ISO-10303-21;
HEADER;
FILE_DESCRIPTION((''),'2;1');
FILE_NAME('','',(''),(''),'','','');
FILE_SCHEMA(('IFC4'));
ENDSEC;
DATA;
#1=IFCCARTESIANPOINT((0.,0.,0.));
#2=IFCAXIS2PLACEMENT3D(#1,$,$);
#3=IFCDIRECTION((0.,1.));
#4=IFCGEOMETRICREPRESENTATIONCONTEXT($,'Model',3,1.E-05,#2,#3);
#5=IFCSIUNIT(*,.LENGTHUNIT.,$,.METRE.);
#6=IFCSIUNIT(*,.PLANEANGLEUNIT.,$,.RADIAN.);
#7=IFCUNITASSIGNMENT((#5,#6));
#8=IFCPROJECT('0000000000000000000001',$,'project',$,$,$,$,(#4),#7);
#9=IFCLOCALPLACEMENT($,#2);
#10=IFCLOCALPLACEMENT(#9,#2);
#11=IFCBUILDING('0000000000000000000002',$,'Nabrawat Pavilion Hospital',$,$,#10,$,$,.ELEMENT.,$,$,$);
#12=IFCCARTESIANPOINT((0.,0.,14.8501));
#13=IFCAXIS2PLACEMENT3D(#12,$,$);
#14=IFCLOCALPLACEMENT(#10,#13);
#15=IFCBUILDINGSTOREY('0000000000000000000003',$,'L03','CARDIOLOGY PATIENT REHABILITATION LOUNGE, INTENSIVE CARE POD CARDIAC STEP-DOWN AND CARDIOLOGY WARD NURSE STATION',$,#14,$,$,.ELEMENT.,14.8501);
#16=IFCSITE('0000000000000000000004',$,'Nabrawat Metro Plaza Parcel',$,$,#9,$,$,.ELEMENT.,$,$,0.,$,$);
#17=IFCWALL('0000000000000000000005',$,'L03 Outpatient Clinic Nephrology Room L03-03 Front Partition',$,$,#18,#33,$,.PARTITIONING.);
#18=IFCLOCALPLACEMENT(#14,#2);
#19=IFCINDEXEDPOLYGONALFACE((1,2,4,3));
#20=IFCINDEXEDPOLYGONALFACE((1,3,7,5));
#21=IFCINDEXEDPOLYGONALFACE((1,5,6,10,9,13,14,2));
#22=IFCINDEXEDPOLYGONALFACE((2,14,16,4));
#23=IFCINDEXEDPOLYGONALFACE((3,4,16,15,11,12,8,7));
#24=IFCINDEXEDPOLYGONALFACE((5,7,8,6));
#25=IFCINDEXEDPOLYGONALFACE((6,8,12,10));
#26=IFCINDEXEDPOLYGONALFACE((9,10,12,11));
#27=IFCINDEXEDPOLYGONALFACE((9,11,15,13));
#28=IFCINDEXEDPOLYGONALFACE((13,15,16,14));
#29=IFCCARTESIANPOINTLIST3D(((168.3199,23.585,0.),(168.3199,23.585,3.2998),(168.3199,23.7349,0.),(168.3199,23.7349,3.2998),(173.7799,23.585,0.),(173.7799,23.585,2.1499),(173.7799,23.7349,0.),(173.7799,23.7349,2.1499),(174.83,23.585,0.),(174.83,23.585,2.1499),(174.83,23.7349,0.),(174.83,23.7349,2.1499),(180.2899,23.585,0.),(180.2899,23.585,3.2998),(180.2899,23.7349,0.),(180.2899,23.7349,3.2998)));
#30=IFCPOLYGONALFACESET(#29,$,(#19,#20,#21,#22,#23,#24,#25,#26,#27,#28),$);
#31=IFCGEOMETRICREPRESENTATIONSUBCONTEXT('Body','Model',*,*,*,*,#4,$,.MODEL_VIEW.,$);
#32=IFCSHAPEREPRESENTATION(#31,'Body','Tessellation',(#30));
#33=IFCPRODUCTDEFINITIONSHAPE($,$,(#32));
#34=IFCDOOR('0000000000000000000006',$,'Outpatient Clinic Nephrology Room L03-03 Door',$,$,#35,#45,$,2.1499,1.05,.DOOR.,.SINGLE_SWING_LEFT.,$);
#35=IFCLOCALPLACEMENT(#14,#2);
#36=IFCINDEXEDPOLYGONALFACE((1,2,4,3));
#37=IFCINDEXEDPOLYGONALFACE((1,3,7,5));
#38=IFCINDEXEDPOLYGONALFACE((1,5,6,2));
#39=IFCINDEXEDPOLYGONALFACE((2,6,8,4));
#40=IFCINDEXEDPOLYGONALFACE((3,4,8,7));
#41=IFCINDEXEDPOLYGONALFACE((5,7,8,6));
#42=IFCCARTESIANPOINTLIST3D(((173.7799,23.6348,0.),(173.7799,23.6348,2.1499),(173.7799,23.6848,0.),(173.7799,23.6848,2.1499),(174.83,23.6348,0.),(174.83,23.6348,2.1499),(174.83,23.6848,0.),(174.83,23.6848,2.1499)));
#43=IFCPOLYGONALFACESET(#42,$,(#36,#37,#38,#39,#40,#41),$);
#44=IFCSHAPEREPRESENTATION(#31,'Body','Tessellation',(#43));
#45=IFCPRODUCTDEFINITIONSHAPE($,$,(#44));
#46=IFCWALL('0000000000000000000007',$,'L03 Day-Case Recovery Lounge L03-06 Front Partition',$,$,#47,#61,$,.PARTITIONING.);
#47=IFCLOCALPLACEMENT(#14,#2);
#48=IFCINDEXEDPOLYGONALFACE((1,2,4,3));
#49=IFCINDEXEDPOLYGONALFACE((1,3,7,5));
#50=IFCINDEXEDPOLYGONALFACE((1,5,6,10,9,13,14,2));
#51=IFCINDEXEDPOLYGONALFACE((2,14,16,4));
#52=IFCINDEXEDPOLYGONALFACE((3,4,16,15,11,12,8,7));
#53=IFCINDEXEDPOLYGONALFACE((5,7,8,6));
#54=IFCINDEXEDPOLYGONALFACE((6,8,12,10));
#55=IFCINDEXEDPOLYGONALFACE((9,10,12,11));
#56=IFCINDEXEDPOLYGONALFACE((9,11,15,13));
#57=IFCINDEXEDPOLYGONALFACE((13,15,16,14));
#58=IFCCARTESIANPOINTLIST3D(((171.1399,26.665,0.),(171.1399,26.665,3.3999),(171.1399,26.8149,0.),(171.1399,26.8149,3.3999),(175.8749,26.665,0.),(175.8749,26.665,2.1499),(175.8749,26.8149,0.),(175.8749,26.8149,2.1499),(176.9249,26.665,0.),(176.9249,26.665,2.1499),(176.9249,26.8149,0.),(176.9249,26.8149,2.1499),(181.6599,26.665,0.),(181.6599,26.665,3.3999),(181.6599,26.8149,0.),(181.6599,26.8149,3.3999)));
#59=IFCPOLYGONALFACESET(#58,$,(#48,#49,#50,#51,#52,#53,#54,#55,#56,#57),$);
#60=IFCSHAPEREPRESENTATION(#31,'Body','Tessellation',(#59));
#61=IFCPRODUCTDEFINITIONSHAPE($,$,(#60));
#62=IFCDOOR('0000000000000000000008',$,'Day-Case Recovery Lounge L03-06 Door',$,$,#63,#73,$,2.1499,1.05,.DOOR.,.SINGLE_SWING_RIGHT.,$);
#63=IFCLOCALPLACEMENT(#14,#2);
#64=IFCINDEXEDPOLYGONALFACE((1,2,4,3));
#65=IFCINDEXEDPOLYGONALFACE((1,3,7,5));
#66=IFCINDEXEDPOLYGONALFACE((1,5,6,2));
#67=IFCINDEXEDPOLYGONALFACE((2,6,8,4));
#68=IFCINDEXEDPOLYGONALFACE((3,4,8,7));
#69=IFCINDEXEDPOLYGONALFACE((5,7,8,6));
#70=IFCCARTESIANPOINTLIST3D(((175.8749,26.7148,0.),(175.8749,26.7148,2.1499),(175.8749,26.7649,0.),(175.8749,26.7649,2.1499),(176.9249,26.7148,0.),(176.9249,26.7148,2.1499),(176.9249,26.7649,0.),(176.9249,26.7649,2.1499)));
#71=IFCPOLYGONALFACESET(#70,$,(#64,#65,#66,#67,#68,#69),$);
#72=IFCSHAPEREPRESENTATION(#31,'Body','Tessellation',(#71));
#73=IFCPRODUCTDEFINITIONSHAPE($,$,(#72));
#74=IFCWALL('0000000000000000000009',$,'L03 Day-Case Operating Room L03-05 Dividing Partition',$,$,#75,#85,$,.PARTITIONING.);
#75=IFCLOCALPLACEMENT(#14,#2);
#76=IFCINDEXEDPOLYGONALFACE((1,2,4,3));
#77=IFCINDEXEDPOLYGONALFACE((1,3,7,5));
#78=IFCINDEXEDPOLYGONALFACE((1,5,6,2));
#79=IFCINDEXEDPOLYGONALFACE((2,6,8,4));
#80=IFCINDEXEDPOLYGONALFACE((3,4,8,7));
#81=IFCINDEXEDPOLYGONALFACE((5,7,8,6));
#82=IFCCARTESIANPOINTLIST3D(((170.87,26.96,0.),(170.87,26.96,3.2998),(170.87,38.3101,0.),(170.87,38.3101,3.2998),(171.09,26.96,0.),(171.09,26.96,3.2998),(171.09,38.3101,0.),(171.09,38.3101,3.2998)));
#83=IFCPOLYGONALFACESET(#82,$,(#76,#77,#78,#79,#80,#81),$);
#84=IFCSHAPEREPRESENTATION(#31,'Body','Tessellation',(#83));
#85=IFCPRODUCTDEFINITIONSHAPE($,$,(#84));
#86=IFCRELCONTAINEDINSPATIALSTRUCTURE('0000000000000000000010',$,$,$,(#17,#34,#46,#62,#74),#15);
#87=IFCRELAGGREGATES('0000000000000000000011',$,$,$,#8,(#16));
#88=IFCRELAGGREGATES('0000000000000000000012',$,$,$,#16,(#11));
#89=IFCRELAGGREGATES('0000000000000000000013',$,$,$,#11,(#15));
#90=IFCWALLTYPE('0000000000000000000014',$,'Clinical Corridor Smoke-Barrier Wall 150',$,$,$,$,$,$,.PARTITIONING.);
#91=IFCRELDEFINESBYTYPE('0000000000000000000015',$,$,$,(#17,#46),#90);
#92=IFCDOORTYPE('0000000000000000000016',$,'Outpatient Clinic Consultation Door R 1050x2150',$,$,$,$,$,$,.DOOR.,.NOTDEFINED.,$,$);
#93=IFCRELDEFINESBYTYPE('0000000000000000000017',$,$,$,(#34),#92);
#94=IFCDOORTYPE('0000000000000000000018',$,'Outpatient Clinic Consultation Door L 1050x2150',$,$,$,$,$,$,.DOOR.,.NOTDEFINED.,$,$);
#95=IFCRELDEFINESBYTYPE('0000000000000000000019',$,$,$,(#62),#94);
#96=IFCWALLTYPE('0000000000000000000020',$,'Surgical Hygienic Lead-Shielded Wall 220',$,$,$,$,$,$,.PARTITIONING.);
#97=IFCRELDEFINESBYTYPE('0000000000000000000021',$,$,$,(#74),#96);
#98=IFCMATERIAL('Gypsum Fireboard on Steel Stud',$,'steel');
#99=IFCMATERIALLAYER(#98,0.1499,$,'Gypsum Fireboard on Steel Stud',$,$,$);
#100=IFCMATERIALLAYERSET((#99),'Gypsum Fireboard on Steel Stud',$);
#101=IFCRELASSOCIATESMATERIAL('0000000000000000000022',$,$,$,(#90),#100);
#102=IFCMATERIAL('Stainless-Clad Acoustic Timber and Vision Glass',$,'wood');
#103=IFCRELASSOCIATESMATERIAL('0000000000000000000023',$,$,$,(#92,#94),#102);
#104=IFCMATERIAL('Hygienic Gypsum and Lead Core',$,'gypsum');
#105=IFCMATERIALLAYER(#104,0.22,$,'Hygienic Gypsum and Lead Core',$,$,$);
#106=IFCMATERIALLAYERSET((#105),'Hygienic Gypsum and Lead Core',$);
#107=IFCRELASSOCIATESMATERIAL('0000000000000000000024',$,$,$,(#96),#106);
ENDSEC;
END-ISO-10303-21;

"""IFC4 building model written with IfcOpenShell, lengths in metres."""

from ifc_helpers import new_model, si_unit, direction, frame, frame_2d, origin, place, context, subcontext, project, spatial, rectangle, extrude, material, layer, layer_set, type_object, element, fill, save


model = new_model("IFC4")

# Units and contexts
model_context = context("Model", 3, precision=1e-05, world=origin(), true_north=direction((0.0, 1.0)))
body_context = subcontext(model_context, "Body", "Model", "MODEL_VIEW")
ifc_project = project(units=[si_unit("LENGTHUNIT", "METRE"), si_unit("PLANEANGLEUNIT", "RADIAN")], contexts=[model_context])

# Site, building, storey
site_placement = place(None, origin())
site = spatial("IfcSite", under=ifc_project, at=site_placement, Name="Nabrawat Metro Plaza Parcel", CompositionType="ELEMENT", RefElevation=0.0)
building_placement = place(site_placement, origin())
building = spatial("IfcBuilding", under=site, at=building_placement, Name="Nabrawat Pavilion Hospital", CompositionType="ELEMENT")
storey_placement = place(building_placement, frame((0.0, 0.0, 14.8501)))
storey = spatial("IfcBuildingStorey", under=building, at=storey_placement, Name="L03", Description="CARDIOLOGY PATIENT REHABILITATION LOUNGE, INTENSIVE CARE POD CARDIAC STEP-DOWN AND CARDIOLOGY WARD NURSE STATION", CompositionType="ELEMENT", Elevation=14.8501)

# Walls, openings, doors
ifc_material_1 = material(Name="Gypsum Fireboard on Steel Stud", Category="steel")
ifc_layer_1 = layer(ifc_material_1, 0.1499, Name="Gypsum Fireboard on Steel Stud")
ifc_layer_set_1 = layer_set([ifc_layer_1], Name="Gypsum Fireboard on Steel Stud")
wall_type_1 = type_object("IfcWallType", Name="Clinical Corridor Smoke-Barrier Wall 150", PredefinedType="PARTITIONING", material=ifc_layer_set_1)
wall_1_placement = place(storey_placement, frame((168.3201, 23.6599, 0.0), z_axis=(0.0, 0.0, 1.0), x_axis=(1.0, 0.0, 0.0)))
wall_1 = element("IfcWall", 1, at=wall_1_placement, inside=storey, type_object=wall_type_1, Name="L03 Outpatient Clinic Nephrology Room L03-03 Front Partition", PredefinedType="PARTITIONING", context=body_context, shape_type="SweptSolid", body=[
    extrude(rectangle(XDim=11.97, YDim=0.1499, at=frame_2d((5.9849, 0.0))), origin(), (0.0, 0.0, 1.0), 3.2998),
])
opening_1_placement = place(wall_1_placement, frame((5.46, 0.0, 0.0)))
opening_1 = element("IfcOpeningElement", 2, at=opening_1_placement, cuts=wall_1, PredefinedType="OPENING", context=body_context, shape_type="SweptSolid", body=[
    extrude(rectangle(XDim=1.05, YDim=2.1499, at=frame_2d((0.5249, 1.075))), frame((0.0, 0.085, 0.0), z_axis=(0.0, -1.0, 0.0), x_axis=(1.0, 0.0, 0.0)), (0.0, 0.0, 1.0), 0.1699),
])
ifc_material_2 = material(Name="Stainless-Clad Acoustic Timber and Vision Glass", Category="wood")
door_type_1 = type_object("IfcDoorType", Name="Outpatient Clinic Consultation Door R 1050x2150", OperationType="NOTDEFINED", PredefinedType="DOOR", material=ifc_material_2)
door_1_placement = place(opening_1_placement, origin())
door_1 = element("IfcDoor", 3, at=door_1_placement, inside=storey, type_object=door_type_1, Name="Outpatient Clinic Nephrology Room L03-03 Door", OperationType="SINGLE_SWING_LEFT", OverallHeight=2.1499, OverallWidth=1.05, PredefinedType="DOOR", context=body_context, shape_type="SweptSolid", body=[
    extrude(rectangle(XDim=1.05, YDim=2.1499, at=frame_2d((0.5249, 1.075))), frame((0.0, 0.0249, 0.0), z_axis=(0.0, -1.0, 0.0), x_axis=(1.0, 0.0, 0.0)), (0.0, 0.0, 1.0), 0.05),
])
fill(opening_1, door_1)
wall_2_placement = place(storey_placement, frame((171.1399, 26.74, 0.0), z_axis=(0.0, 0.0, 1.0), x_axis=(1.0, 0.0, 0.0)))
wall_2 = element("IfcWall", 4, at=wall_2_placement, inside=storey, type_object=wall_type_1, Name="L03 Day-Case Recovery Lounge L03-06 Front Partition", PredefinedType="PARTITIONING", context=body_context, shape_type="SweptSolid", body=[
    extrude(rectangle(XDim=10.52, YDim=0.1499, at=frame_2d((5.26, 0.0))), origin(), (0.0, 0.0, 1.0), 3.3999),
])
opening_2_placement = place(wall_2_placement, frame((4.7351, 0.0, 0.0)))
opening_2 = element("IfcOpeningElement", 5, at=opening_2_placement, cuts=wall_2, PredefinedType="OPENING", context=body_context, shape_type="SweptSolid", body=[
    extrude(rectangle(XDim=1.05, YDim=2.1499, at=frame_2d((0.5249, 1.075))), frame((0.0, 0.085, 0.0), z_axis=(0.0, -1.0, 0.0), x_axis=(1.0, 0.0, 0.0)), (0.0, 0.0, 1.0), 0.1699),
])
door_type_2 = type_object("IfcDoorType", Name="Outpatient Clinic Consultation Door L 1050x2150", OperationType="NOTDEFINED", PredefinedType="DOOR", material=ifc_material_2)
door_2_placement = place(opening_2_placement, origin())
door_2 = element("IfcDoor", 6, at=door_2_placement, inside=storey, type_object=door_type_2, Name="Day-Case Recovery Lounge L03-06 Door", OperationType="SINGLE_SWING_RIGHT", OverallHeight=2.1499, OverallWidth=1.05, PredefinedType="DOOR", context=body_context, shape_type="SweptSolid", body=[
    extrude(rectangle(XDim=1.05, YDim=2.1499, at=frame_2d((0.5249, 1.075))), frame((0.0, 0.0249, 0.0), z_axis=(0.0, -1.0, 0.0), x_axis=(1.0, 0.0, 0.0)), (0.0, 0.0, 1.0), 0.05),
])
fill(opening_2, door_2)

# Wall
ifc_material_3 = material(Name="Hygienic Gypsum and Lead Core", Category="gypsum")
ifc_layer_2 = layer(ifc_material_3, 0.22, Name="Hygienic Gypsum and Lead Core")
ifc_layer_set_2 = layer_set([ifc_layer_2], Name="Hygienic Gypsum and Lead Core")
wall_type_2 = type_object("IfcWallType", Name="Surgical Hygienic Lead-Shielded Wall 220", PredefinedType="PARTITIONING", material=ifc_layer_set_2)
wall_3_placement = place(storey_placement, frame((170.98, 26.96, 0.0), z_axis=(0.0, 0.0, 1.0), x_axis=(0.0, 1.0, 0.0)))
element("IfcWall", 7, at=wall_3_placement, inside=storey, type_object=wall_type_2, Name="L03 Day-Case Operating Room L03-05 Dividing Partition", PredefinedType="PARTITIONING", context=body_context, shape_type="SweptSolid", body=[
    extrude(rectangle(XDim=11.3501, YDim=0.22, at=frame_2d((5.675, 0.0))), origin(), (0.0, 0.0, 1.0), 3.2998),
])

save(model, "model.ifc")
